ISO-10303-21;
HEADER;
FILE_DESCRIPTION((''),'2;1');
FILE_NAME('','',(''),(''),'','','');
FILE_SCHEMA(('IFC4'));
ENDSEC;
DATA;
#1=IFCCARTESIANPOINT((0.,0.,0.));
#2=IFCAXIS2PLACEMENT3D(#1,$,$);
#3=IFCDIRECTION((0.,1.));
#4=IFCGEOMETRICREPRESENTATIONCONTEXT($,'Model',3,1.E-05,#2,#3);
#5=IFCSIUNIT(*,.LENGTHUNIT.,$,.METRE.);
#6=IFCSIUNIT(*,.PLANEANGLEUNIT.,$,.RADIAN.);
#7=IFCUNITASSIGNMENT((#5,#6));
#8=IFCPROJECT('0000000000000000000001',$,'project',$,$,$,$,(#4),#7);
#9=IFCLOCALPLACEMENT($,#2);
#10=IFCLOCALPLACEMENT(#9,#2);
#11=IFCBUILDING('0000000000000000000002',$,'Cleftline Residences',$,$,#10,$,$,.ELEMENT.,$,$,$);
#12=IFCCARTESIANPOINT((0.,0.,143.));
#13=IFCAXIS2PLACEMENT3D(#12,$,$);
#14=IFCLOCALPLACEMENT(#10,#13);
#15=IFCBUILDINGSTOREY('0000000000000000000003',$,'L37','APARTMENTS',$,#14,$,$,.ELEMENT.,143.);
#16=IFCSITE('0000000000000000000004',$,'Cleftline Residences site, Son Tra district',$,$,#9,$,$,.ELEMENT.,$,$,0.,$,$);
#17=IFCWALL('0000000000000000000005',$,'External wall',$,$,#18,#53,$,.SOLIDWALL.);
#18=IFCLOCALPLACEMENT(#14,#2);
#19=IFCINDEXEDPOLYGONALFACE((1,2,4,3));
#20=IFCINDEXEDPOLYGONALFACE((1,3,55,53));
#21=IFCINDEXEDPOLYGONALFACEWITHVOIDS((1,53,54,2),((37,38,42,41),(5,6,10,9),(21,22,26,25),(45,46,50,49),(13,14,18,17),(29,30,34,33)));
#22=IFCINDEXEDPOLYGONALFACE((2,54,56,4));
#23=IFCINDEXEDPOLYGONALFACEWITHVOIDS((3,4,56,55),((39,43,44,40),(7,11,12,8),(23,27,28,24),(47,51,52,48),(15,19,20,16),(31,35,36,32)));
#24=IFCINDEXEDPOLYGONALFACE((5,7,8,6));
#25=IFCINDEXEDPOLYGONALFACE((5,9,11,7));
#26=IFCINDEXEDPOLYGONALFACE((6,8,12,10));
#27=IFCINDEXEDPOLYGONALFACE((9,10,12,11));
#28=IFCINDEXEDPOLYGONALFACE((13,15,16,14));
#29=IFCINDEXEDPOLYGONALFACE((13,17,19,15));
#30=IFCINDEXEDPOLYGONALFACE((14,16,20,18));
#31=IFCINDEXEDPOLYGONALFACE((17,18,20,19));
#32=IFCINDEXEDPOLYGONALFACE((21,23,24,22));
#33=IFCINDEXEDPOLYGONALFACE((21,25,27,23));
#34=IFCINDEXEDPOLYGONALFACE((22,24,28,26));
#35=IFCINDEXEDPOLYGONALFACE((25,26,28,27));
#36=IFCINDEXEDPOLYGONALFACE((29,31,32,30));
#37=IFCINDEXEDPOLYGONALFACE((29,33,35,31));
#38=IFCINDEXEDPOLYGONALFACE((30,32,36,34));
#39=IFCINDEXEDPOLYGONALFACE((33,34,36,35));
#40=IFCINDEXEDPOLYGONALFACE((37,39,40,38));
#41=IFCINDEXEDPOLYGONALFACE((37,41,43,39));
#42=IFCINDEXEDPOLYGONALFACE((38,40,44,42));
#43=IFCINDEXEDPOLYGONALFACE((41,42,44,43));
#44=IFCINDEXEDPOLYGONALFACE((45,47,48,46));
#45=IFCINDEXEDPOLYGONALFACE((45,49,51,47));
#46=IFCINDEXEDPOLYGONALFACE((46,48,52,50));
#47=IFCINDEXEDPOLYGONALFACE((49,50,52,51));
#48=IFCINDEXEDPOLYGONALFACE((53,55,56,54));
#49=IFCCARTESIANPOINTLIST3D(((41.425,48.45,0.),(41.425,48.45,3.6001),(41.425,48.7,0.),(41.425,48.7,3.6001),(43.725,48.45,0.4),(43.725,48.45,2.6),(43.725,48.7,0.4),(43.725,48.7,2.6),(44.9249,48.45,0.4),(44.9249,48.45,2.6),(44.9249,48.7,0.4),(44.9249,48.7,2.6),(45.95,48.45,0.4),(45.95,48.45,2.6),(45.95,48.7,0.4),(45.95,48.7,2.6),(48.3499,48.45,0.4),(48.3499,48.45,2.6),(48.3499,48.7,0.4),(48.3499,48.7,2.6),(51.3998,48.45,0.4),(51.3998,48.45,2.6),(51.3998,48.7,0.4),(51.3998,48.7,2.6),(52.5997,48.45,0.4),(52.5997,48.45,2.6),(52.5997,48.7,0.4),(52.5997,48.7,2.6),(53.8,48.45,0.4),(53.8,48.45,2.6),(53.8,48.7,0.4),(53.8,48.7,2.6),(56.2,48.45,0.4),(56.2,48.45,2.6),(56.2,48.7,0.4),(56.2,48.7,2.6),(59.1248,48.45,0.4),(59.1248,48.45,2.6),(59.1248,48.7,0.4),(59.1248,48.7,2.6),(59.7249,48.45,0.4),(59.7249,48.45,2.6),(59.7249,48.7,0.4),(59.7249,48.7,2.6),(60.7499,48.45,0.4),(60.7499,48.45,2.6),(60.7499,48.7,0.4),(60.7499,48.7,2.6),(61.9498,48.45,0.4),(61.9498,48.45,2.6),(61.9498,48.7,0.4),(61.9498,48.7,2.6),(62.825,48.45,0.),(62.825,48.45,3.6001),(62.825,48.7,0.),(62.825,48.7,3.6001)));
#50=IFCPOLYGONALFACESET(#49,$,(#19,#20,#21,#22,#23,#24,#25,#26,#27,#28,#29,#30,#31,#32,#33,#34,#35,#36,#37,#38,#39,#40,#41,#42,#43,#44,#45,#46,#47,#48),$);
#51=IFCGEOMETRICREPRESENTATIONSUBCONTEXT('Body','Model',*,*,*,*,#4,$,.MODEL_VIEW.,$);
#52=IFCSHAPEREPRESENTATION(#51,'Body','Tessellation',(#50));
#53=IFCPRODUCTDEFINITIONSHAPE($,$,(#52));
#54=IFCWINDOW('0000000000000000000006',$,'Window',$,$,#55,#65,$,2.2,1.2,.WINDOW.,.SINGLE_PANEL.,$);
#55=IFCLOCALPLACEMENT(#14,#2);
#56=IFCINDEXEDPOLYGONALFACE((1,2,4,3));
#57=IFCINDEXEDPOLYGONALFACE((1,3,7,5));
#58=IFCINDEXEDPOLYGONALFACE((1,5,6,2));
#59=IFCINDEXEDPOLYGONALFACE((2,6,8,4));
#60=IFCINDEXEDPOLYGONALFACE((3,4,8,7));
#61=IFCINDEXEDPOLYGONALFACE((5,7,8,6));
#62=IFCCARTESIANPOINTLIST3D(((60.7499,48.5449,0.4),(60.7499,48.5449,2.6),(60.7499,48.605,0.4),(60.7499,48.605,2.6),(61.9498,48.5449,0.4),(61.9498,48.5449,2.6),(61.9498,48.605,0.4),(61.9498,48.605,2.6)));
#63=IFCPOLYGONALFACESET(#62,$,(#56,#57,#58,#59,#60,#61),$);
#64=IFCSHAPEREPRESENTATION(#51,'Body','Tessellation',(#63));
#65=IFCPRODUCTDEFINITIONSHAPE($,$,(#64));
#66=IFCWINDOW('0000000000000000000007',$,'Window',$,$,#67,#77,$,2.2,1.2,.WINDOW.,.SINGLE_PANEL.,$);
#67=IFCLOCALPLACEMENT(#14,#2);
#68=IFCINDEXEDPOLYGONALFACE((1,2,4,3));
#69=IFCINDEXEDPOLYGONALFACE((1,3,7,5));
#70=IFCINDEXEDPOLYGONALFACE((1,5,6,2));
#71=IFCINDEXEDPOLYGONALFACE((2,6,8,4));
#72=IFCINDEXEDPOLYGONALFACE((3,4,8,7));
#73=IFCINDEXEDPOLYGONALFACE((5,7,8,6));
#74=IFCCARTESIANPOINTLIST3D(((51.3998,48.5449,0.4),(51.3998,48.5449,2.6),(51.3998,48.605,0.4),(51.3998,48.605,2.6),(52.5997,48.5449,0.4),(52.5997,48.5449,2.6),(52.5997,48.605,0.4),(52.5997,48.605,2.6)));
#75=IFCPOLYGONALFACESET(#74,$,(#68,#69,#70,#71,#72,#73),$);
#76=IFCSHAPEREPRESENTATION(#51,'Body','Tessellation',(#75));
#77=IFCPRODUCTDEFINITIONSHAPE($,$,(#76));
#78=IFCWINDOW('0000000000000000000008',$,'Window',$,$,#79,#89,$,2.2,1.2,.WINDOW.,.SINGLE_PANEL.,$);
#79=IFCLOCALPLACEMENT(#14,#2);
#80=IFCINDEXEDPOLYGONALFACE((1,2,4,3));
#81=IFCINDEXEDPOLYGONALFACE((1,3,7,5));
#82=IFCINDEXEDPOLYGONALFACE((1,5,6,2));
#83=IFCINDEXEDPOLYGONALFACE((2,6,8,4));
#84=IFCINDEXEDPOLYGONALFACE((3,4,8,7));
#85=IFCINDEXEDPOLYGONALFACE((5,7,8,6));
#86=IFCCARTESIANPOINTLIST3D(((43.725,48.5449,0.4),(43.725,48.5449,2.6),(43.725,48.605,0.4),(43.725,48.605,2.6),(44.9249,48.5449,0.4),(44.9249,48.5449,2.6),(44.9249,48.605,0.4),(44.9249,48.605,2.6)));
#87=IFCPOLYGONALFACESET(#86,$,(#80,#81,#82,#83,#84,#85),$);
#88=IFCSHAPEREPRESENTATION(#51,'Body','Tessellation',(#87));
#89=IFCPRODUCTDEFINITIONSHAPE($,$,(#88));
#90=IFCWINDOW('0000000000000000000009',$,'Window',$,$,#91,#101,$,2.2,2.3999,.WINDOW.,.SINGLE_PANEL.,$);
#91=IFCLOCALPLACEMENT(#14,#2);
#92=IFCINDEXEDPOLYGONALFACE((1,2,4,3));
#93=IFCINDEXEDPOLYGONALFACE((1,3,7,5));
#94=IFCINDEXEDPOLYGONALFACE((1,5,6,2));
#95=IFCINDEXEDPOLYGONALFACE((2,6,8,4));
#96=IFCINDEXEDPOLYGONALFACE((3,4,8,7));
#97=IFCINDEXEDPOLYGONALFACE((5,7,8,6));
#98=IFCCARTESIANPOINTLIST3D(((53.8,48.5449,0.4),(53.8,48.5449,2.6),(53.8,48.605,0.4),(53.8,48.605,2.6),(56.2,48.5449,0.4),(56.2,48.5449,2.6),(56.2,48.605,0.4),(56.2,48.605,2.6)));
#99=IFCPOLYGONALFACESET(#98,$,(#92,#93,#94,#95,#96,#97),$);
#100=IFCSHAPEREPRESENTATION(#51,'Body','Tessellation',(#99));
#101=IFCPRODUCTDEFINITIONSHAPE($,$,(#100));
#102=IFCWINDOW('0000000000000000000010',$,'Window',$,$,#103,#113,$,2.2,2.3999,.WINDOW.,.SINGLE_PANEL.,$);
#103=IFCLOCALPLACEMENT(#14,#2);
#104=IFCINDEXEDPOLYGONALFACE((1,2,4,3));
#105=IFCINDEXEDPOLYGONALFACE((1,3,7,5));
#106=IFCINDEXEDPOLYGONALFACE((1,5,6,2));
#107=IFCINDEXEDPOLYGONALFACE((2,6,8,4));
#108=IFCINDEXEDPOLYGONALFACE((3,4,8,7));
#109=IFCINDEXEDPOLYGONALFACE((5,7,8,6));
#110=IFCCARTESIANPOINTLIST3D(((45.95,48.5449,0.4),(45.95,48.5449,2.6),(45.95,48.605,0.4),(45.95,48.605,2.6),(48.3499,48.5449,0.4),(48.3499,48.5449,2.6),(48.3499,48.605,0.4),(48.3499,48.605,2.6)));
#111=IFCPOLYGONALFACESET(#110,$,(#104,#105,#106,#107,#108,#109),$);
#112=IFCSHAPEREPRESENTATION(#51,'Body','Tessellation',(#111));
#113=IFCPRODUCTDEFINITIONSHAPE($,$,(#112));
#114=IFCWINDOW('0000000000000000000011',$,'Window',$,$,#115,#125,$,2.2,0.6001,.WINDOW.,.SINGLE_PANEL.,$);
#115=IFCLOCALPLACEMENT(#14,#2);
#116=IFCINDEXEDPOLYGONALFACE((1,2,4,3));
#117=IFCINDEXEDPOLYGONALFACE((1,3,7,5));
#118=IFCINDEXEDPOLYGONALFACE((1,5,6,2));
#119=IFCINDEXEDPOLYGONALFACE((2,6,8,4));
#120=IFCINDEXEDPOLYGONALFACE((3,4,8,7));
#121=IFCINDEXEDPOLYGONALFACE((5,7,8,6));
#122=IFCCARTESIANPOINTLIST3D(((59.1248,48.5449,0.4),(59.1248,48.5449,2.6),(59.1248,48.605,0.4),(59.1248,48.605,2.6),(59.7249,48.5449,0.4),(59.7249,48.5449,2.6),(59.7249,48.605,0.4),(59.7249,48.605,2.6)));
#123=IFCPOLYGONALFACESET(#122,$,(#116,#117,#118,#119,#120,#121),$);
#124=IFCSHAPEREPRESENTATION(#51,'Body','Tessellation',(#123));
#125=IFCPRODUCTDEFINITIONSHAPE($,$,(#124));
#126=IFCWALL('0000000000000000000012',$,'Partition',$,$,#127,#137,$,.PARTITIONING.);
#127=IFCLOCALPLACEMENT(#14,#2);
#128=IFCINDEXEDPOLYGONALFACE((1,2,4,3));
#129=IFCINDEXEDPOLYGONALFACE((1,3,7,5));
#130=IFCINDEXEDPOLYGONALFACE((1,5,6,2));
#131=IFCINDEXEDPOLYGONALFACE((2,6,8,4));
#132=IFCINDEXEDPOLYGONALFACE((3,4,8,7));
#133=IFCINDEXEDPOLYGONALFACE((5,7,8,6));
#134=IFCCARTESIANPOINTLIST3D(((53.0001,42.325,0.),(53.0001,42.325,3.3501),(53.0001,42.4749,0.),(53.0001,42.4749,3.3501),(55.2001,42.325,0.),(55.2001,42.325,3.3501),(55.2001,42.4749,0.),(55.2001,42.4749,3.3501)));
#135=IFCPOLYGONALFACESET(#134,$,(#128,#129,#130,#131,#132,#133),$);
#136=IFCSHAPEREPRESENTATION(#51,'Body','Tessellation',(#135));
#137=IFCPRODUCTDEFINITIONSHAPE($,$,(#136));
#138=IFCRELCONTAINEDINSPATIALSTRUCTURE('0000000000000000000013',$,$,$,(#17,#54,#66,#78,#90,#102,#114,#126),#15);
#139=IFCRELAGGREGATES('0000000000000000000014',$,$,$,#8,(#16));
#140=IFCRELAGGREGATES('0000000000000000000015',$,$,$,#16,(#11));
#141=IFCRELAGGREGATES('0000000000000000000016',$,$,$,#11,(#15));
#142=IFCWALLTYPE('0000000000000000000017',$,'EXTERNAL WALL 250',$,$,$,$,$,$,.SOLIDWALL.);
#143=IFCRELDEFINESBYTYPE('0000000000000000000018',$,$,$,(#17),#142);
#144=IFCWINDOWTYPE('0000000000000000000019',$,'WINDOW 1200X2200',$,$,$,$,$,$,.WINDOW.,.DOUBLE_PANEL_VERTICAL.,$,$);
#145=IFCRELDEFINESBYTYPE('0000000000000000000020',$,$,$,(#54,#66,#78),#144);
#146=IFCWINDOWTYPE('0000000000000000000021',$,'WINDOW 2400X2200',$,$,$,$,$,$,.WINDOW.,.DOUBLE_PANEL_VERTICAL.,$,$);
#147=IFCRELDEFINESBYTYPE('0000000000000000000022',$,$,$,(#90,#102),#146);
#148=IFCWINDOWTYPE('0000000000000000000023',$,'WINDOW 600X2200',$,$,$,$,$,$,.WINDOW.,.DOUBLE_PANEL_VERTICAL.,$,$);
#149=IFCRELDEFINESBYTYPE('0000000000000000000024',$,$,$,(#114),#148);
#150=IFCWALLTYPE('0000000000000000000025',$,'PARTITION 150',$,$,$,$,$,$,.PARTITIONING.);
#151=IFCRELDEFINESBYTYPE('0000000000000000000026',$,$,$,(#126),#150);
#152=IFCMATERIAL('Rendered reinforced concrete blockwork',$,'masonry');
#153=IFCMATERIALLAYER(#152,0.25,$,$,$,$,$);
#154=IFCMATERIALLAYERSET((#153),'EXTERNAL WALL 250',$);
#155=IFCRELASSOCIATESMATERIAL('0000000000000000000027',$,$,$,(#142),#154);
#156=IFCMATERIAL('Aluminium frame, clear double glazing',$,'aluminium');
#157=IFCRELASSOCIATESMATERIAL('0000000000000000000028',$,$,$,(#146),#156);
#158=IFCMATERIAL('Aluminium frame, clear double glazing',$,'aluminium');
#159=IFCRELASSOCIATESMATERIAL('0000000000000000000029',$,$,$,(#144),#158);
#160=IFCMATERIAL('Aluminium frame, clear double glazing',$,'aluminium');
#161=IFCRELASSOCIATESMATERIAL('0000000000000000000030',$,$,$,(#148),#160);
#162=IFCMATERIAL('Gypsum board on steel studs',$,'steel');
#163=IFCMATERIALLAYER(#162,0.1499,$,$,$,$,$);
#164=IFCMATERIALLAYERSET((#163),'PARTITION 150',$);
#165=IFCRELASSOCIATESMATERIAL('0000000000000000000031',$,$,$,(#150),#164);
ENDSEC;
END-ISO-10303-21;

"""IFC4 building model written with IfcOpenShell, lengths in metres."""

from ifc_helpers import new_model, si_unit, direction, frame, frame_2d, origin, place, context, subcontext, project, spatial, rectangle, extrude, material, layer, layer_set, type_object, element, fill, save


model = new_model("IFC4")

# Units and contexts
model_context = context("Model", 3, precision=1e-05, world=origin(), true_north=direction((0.0, 1.0)))
body_context = subcontext(model_context, "Body", "Model", "MODEL_VIEW")
ifc_project = project(units=[si_unit("LENGTHUNIT", "METRE"), si_unit("PLANEANGLEUNIT", "RADIAN")], contexts=[model_context])

# Site, building, storey
site_placement = place(None, origin())
site = spatial("IfcSite", under=ifc_project, at=site_placement, Name="Cleftline Residences site, Son Tra district", CompositionType="ELEMENT", RefElevation=0.0)
building_placement = place(site_placement, origin())
building = spatial("IfcBuilding", under=site, at=building_placement, Name="Cleftline Residences", CompositionType="ELEMENT")
storey_placement = place(building_placement, frame((0.0, 0.0, 143.0)))
storey = spatial("IfcBuildingStorey", under=building, at=storey_placement, Name="L37", Description="APARTMENTS", CompositionType="ELEMENT", Elevation=143.0)

# Shared definitions
ifc_material_1 = material(Name="Rendered reinforced concrete blockwork", Category="masonry")
ifc_layer_1 = layer(ifc_material_1, 0.25)
ifc_layer_set_1 = layer_set([ifc_layer_1], Name="EXTERNAL WALL 250")
wall_type_1 = type_object("IfcWallType", Name="EXTERNAL WALL 250", PredefinedType="SOLIDWALL", material=ifc_layer_set_1)
ifc_material_2 = material(Name="Aluminium frame, clear double glazing", Category="aluminium")
window_type_1 = type_object("IfcWindowType", Name="WINDOW 2400X2200", PartitioningType="DOUBLE_PANEL_VERTICAL", PredefinedType="WINDOW", material=ifc_material_2)

# Wall, openings, windows
wall_1_placement = place(storey_placement, frame((62.825, 48.575, 0.0), z_axis=(0.0, 0.0, 1.0), x_axis=(-1.0, 0.0, 0.0)))
wall_1 = element("IfcWall", 1, at=wall_1_placement, inside=storey, type_object=wall_type_1, Name="External wall", PredefinedType="SOLIDWALL", context=body_context, shape_type="SweptSolid", body=[
    extrude(rectangle(XDim=21.3999, YDim=0.25, at=frame_2d((10.7, 0.0))), origin(), (0.0, 0.0, 1.0), 3.6001),
])
opening_1_placement = place(wall_1_placement, frame((0.875, 0.0, 0.3999)))
opening_1 = element("IfcOpeningElement", 2, at=opening_1_placement, cuts=wall_1, PredefinedType="OPENING", context=body_context, shape_type="SweptSolid", body=[
    extrude(rectangle(XDim=1.2, YDim=2.2, at=frame_2d((0.6001, 1.1001))), frame((0.0, 0.135, 0.0), z_axis=(0.0, -1.0, 0.0), x_axis=(1.0, 0.0, 0.0)), (0.0, 0.0, 1.0), 0.27),
])
opening_2_placement = place(wall_1_placement, frame((3.1001, 0.0, 0.3999)))
opening_2 = element("IfcOpeningElement", 3, at=opening_2_placement, cuts=wall_1, PredefinedType="OPENING", context=body_context, shape_type="SweptSolid", body=[
    extrude(rectangle(XDim=0.6001, YDim=2.2, at=frame_2d((0.3, 1.1001))), frame((0.0, 0.135, 0.0), z_axis=(0.0, -1.0, 0.0), x_axis=(1.0, 0.0, 0.0)), (0.0, 0.0, 1.0), 0.27),
])
opening_3_placement = place(wall_1_placement, frame((6.625, 0.0, 0.3999)))
opening_3 = element("IfcOpeningElement", 4, at=opening_3_placement, cuts=wall_1, PredefinedType="OPENING", context=body_context, shape_type="SweptSolid", body=[
    extrude(rectangle(XDim=2.3999, YDim=2.2, at=frame_2d((1.2, 1.1001))), frame((0.0, 0.135, 0.0), z_axis=(0.0, -1.0, 0.0), x_axis=(1.0, 0.0, 0.0)), (0.0, 0.0, 1.0), 0.27),
])
opening_4_placement = place(wall_1_placement, frame((10.2251, 0.0, 0.3999)))
opening_4 = element("IfcOpeningElement", 5, at=opening_4_placement, cuts=wall_1, PredefinedType="OPENING", context=body_context, shape_type="SweptSolid", body=[
    extrude(rectangle(XDim=1.2, YDim=2.2, at=frame_2d((0.6001, 1.1001))), frame((0.0, 0.135, 0.0), z_axis=(0.0, -1.0, 0.0), x_axis=(1.0, 0.0, 0.0)), (0.0, 0.0, 1.0), 0.27),
])
opening_5_placement = place(wall_1_placement, frame((14.4751, 0.0, 0.3999)))
opening_5 = element("IfcOpeningElement", 6, at=opening_5_placement, cuts=wall_1, PredefinedType="OPENING", context=body_context, shape_type="SweptSolid", body=[
    extrude(rectangle(XDim=2.3999, YDim=2.2, at=frame_2d((1.2, 1.1001))), frame((0.0, 0.135, 0.0), z_axis=(0.0, -1.0, 0.0), x_axis=(1.0, 0.0, 0.0)), (0.0, 0.0, 1.0), 0.27),
])
opening_6_placement = place(wall_1_placement, frame((17.8999, 0.0, 0.3999)))
opening_6 = element("IfcOpeningElement", 7, at=opening_6_placement, cuts=wall_1, PredefinedType="OPENING", context=body_context, shape_type="SweptSolid", body=[
    extrude(rectangle(XDim=1.2, YDim=2.2, at=frame_2d((0.6001, 1.1001))), frame((0.0, 0.135, 0.0), z_axis=(0.0, -1.0, 0.0), x_axis=(1.0, 0.0, 0.0)), (0.0, 0.0, 1.0), 0.27),
])
ifc_material_3 = material(Name="Aluminium frame, clear double glazing", Category="aluminium")
window_type_2 = type_object("IfcWindowType", Name="WINDOW 1200X2200", PartitioningType="DOUBLE_PANEL_VERTICAL", PredefinedType="WINDOW", material=ifc_material_3)
window_1_placement = place(opening_1_placement, origin())
window_1 = element("IfcWindow", 8, at=window_1_placement, inside=storey, type_object=window_type_2, Name="Window", OverallHeight=2.2, OverallWidth=1.2, PartitioningType="SINGLE_PANEL", PredefinedType="WINDOW", context=body_context, shape_type="SweptSolid", body=[
    extrude(rectangle(XDim=1.2, YDim=2.2, at=frame_2d((0.6001, 1.1001))), frame((0.0, 0.03, 0.0), z_axis=(0.0, -1.0, 0.0), x_axis=(1.0, 0.0, 0.0)), (0.0, 0.0, 1.0), 0.0601),
])
fill(opening_1, window_1)
window_2_placement = place(opening_4_placement, origin())
window_2 = element("IfcWindow", 9, at=window_2_placement, inside=storey, type_object=window_type_2, Name="Window", OverallHeight=2.2, OverallWidth=1.2, PartitioningType="SINGLE_PANEL", PredefinedType="WINDOW", context=body_context, shape_type="SweptSolid", body=[
    extrude(rectangle(XDim=1.2, YDim=2.2, at=frame_2d((0.6001, 1.1001))), frame((0.0, 0.03, 0.0), z_axis=(0.0, -1.0, 0.0), x_axis=(1.0, 0.0, 0.0)), (0.0, 0.0, 1.0), 0.0601),
])
fill(opening_4, window_2)
window_3_placement = place(opening_6_placement, origin())
window_3 = element("IfcWindow", 10, at=window_3_placement, inside=storey, type_object=window_type_2, Name="Window", OverallHeight=2.2, OverallWidth=1.2, PartitioningType="SINGLE_PANEL", PredefinedType="WINDOW", context=body_context, shape_type="SweptSolid", body=[
    extrude(rectangle(XDim=1.2, YDim=2.2, at=frame_2d((0.6001, 1.1001))), frame((0.0, 0.03, 0.0), z_axis=(0.0, -1.0, 0.0), x_axis=(1.0, 0.0, 0.0)), (0.0, 0.0, 1.0), 0.0601),
])
fill(opening_6, window_3)
window_4_placement = place(opening_3_placement, origin())
window_4 = element("IfcWindow", 11, at=window_4_placement, inside=storey, type_object=window_type_1, Name="Window", OverallHeight=2.2, OverallWidth=2.3999, PartitioningType="SINGLE_PANEL", PredefinedType="WINDOW", context=body_context, shape_type="SweptSolid", body=[
    extrude(rectangle(XDim=2.3999, YDim=2.2, at=frame_2d((1.2, 1.1001))), frame((0.0, 0.03, 0.0), z_axis=(0.0, -1.0, 0.0), x_axis=(1.0, 0.0, 0.0)), (0.0, 0.0, 1.0), 0.0601),
])
fill(opening_3, window_4)
window_5_placement = place(opening_5_placement, origin())
window_5 = element("IfcWindow", 12, at=window_5_placement, inside=storey, type_object=window_type_1, Name="Window", OverallHeight=2.2, OverallWidth=2.3999, PartitioningType="SINGLE_PANEL", PredefinedType="WINDOW", context=body_context, shape_type="SweptSolid", body=[
    extrude(rectangle(XDim=2.3999, YDim=2.2, at=frame_2d((1.2, 1.1001))), frame((0.0, 0.03, 0.0), z_axis=(0.0, -1.0, 0.0), x_axis=(1.0, 0.0, 0.0)), (0.0, 0.0, 1.0), 0.0601),
])
fill(opening_5, window_5)
ifc_material_4 = material(Name="Aluminium frame, clear double glazing", Category="aluminium")
window_type_3 = type_object("IfcWindowType", Name="WINDOW 600X2200", PartitioningType="DOUBLE_PANEL_VERTICAL", PredefinedType="WINDOW", material=ifc_material_4)
window_6_placement = place(opening_2_placement, origin())
window_6 = element("IfcWindow", 13, at=window_6_placement, inside=storey, type_object=window_type_3, Name="Window", OverallHeight=2.2, OverallWidth=0.6001, PartitioningType="SINGLE_PANEL", PredefinedType="WINDOW", context=body_context, shape_type="SweptSolid", body=[
    extrude(rectangle(XDim=0.6001, YDim=2.2, at=frame_2d((0.3, 1.1001))), frame((0.0, 0.03, 0.0), z_axis=(0.0, -1.0, 0.0), x_axis=(1.0, 0.0, 0.0)), (0.0, 0.0, 1.0), 0.0601),
])
fill(opening_2, window_6)

# Wall
ifc_material_5 = material(Name="Gypsum board on steel studs", Category="steel")
ifc_layer_2 = layer(ifc_material_5, 0.1499)
ifc_layer_set_2 = layer_set([ifc_layer_2], Name="PARTITION 150")
wall_type_2 = type_object("IfcWallType", Name="PARTITION 150", PredefinedType="PARTITIONING", material=ifc_layer_set_2)
wall_2_placement = place(storey_placement, frame((53.0, 42.3999, 0.0), z_axis=(0.0, 0.0, 1.0), x_axis=(1.0, 0.0, 0.0)))
element("IfcWall", 14, at=wall_2_placement, inside=storey, type_object=wall_type_2, Name="Partition", PredefinedType="PARTITIONING", context=body_context, shape_type="SweptSolid", body=[
    extrude(rectangle(XDim=2.2, YDim=0.1499, at=frame_2d((1.1001, 0.0))), origin(), (0.0, 0.0, 1.0), 3.3501),
])

save(model, "model.ifc")
